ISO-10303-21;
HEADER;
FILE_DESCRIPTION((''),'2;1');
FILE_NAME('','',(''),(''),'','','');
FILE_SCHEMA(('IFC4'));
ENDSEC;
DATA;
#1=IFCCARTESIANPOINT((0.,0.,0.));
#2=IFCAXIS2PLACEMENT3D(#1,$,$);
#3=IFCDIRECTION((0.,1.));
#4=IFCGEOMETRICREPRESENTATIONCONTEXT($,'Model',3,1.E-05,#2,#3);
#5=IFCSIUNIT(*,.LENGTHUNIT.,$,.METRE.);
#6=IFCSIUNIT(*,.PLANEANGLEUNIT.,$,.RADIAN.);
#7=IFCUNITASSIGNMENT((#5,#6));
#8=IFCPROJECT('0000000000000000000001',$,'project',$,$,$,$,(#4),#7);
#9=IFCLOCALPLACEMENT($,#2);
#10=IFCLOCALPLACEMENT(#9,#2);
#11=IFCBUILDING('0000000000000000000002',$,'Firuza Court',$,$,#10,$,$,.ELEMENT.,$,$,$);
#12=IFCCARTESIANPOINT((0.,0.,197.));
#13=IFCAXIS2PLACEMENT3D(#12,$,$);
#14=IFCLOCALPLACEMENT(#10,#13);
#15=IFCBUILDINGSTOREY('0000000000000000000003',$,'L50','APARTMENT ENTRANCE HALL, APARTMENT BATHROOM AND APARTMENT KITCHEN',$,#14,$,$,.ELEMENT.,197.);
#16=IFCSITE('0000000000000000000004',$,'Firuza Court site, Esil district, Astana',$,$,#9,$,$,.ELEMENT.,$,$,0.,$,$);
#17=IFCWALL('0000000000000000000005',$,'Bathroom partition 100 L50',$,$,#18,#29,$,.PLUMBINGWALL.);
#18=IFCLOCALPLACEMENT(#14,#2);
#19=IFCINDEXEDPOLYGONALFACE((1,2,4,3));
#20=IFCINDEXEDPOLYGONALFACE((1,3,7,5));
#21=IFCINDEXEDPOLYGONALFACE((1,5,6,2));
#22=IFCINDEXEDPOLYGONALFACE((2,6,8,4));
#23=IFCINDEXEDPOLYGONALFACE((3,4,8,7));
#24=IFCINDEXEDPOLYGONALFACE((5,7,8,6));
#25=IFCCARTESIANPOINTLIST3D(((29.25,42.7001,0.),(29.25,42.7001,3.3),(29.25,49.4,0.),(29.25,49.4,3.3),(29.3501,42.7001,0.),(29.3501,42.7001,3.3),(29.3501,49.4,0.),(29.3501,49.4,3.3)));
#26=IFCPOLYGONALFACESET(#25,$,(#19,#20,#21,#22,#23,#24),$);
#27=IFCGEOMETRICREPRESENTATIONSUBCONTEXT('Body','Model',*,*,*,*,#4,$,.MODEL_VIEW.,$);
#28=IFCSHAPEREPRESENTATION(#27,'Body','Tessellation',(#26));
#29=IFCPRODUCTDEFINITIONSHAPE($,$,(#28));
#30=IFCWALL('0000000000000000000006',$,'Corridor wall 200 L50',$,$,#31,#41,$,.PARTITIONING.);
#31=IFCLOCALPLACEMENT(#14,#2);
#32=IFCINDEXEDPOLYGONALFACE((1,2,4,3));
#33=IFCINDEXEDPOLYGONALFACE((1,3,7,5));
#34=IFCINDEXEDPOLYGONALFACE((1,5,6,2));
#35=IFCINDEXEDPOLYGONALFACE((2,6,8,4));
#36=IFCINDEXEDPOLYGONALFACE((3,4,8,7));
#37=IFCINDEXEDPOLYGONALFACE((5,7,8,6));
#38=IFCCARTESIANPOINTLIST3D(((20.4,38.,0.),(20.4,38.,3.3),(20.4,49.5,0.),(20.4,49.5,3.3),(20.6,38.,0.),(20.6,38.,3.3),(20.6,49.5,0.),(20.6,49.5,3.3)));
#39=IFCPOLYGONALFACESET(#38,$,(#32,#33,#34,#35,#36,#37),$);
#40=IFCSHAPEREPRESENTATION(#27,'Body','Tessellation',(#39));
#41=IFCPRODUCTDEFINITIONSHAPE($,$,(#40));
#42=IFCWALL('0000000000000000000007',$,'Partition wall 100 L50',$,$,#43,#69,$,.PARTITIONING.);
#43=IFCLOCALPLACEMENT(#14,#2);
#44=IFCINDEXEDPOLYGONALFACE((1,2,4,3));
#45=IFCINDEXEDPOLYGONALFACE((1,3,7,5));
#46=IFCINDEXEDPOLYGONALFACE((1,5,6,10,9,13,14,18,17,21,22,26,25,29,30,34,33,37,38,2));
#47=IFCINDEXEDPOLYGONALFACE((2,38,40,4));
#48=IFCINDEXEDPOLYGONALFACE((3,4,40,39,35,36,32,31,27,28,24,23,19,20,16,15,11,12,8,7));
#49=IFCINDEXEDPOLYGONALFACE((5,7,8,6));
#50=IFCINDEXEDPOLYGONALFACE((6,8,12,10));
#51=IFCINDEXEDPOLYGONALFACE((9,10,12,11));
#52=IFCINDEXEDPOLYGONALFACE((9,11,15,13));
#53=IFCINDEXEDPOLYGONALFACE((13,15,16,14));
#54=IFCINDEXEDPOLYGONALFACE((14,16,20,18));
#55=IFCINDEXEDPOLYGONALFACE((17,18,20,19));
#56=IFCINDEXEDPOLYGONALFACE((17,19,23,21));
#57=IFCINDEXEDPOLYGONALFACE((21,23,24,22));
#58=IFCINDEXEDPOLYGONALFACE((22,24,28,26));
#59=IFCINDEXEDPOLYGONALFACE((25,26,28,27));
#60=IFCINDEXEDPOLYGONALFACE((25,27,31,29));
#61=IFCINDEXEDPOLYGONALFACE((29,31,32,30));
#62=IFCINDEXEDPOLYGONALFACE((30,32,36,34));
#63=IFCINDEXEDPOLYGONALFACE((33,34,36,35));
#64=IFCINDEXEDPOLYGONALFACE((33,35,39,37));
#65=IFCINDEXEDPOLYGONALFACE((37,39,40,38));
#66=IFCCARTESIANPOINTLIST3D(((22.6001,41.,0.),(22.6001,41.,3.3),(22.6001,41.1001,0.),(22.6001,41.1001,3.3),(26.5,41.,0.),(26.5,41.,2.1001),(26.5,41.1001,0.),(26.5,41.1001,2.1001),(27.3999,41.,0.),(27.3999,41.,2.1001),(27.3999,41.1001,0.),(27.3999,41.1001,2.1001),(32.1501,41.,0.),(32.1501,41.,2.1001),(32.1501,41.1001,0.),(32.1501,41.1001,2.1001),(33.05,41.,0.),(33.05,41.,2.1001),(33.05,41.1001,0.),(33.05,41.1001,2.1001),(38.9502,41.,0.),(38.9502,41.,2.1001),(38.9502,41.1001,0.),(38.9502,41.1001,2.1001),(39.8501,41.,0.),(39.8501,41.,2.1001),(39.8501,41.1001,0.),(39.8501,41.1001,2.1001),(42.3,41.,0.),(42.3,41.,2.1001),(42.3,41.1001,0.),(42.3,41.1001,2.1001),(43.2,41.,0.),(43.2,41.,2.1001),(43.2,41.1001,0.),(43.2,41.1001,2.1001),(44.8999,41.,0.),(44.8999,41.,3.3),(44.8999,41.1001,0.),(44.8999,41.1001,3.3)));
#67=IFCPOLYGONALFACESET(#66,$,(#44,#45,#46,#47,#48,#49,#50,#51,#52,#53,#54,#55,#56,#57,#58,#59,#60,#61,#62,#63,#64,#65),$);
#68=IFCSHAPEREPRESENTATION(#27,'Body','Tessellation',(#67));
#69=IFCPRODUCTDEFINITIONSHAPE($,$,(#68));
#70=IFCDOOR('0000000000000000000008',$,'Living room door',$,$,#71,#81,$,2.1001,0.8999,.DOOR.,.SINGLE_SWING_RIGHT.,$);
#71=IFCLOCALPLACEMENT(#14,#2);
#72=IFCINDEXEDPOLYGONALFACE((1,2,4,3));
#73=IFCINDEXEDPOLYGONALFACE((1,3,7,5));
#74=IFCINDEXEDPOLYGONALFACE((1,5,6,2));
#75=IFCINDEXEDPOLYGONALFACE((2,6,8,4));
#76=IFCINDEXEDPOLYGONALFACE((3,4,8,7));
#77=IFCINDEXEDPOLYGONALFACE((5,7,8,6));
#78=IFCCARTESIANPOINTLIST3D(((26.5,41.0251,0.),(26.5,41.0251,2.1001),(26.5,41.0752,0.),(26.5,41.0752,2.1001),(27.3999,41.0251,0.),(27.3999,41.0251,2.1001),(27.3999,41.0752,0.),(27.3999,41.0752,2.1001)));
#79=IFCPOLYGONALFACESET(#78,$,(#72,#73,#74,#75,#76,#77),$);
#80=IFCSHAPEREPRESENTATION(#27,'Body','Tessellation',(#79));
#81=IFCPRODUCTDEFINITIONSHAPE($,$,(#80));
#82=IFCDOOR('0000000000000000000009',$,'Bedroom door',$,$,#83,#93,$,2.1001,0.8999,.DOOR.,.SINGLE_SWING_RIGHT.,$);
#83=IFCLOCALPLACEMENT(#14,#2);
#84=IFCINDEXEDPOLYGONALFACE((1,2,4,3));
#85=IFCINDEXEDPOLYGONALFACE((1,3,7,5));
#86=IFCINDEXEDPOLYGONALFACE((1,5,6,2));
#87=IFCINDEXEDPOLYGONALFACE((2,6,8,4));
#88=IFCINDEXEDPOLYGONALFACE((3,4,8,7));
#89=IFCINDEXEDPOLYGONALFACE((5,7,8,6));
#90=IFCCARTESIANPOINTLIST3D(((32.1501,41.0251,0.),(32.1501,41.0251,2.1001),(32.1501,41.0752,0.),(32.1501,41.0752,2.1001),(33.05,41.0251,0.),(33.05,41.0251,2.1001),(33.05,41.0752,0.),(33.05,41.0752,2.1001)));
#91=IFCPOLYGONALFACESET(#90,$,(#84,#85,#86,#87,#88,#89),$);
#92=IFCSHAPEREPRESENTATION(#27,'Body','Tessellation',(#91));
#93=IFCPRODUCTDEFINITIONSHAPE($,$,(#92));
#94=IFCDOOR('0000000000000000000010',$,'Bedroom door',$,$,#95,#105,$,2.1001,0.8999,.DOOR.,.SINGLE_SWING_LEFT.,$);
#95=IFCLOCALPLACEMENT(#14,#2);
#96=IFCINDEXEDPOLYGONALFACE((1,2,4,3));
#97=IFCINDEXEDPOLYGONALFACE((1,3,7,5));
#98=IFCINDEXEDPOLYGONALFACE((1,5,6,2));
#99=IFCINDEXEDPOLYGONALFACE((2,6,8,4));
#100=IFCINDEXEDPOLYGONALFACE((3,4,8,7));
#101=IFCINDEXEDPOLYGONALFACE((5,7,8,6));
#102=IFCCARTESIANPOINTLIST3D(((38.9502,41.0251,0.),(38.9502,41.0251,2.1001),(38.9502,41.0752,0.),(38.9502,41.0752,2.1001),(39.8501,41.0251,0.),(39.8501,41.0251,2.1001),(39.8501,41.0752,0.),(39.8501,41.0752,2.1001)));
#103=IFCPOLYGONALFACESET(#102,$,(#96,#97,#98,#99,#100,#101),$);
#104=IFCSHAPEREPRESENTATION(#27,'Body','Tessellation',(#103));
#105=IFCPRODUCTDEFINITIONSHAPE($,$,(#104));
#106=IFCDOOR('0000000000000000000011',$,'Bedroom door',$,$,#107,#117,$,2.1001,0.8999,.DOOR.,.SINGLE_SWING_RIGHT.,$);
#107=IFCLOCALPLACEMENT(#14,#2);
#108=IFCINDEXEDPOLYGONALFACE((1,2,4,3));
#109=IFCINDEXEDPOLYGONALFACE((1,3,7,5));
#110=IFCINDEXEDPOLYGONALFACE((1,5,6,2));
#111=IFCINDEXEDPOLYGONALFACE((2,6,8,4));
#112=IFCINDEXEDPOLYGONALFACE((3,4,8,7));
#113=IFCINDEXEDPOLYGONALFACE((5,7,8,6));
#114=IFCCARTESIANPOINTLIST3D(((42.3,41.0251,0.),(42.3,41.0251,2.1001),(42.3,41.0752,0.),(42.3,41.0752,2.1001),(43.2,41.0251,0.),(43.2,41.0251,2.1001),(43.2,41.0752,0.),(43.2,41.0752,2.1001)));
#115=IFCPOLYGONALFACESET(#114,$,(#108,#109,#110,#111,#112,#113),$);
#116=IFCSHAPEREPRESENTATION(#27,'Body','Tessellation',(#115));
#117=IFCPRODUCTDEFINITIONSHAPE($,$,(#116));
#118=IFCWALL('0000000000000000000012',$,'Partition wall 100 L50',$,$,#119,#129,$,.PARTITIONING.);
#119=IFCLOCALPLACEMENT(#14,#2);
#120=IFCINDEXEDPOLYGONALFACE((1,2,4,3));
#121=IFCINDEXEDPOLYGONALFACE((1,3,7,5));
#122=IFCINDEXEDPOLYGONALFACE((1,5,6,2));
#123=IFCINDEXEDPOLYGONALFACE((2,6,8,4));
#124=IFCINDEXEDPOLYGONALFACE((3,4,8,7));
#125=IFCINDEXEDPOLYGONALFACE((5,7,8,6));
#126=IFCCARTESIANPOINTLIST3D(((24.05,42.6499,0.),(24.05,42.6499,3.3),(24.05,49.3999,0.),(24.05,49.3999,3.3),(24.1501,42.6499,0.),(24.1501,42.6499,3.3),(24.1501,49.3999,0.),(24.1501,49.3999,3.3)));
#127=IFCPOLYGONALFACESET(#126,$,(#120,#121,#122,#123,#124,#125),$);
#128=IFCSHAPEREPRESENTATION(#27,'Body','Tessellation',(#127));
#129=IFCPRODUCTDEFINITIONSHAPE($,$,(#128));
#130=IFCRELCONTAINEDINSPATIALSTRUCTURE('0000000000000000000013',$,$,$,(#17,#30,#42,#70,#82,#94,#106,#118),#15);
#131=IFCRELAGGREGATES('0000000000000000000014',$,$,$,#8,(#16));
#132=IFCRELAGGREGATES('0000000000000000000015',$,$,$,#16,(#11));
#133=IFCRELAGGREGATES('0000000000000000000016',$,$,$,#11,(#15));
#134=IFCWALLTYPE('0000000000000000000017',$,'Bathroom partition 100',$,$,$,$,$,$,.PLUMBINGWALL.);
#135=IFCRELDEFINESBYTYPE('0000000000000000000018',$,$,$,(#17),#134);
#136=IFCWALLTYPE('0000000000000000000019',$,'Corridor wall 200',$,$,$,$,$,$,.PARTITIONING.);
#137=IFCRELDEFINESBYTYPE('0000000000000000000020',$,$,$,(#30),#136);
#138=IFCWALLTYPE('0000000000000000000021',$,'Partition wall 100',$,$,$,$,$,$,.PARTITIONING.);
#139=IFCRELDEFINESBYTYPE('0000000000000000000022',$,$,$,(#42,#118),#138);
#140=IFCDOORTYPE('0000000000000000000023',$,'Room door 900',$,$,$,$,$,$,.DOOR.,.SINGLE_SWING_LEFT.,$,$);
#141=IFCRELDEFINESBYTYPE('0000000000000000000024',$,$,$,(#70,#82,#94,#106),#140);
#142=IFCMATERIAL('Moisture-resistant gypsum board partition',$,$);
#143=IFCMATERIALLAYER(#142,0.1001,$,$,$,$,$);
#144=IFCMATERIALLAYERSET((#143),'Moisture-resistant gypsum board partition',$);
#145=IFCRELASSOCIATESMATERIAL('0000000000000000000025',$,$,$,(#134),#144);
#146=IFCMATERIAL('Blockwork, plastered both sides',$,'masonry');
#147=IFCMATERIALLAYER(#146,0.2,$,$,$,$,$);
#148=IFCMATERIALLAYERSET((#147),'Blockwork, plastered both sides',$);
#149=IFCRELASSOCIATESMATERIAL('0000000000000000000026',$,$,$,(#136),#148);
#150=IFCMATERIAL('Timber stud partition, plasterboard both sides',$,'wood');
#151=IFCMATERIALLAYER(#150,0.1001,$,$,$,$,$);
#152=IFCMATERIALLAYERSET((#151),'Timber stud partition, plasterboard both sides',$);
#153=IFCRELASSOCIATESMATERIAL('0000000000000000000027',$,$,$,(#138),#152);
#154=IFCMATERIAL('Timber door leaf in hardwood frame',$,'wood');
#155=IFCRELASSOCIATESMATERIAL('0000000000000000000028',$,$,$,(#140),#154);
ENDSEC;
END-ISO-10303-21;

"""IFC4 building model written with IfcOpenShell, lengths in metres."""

from ifc_helpers import new_model, si_unit, direction, frame, frame_2d, origin, place, context, subcontext, project, spatial, rectangle, extrude, material, layer, layer_set, type_object, element, fill, save


model = new_model("IFC4")

# Units and contexts
model_context = context("Model", 3, precision=1e-05, world=origin(), true_north=direction((0.0, 1.0)))
body_context = subcontext(model_context, "Body", "Model", "MODEL_VIEW")
ifc_project = project(units=[si_unit("LENGTHUNIT", "METRE"), si_unit("PLANEANGLEUNIT", "RADIAN")], contexts=[model_context])

# Site, building, storey
site_placement = place(None, origin())
site = spatial("IfcSite", under=ifc_project, at=site_placement, Name="Firuza Court site, Esil district, Astana", CompositionType="ELEMENT", RefElevation=0.0)
building_placement = place(site_placement, origin())
building = spatial("IfcBuilding", under=site, at=building_placement, Name="Firuza Court", CompositionType="ELEMENT")
storey_placement = place(building_placement, frame((0.0, 0.0, 197.0)))
storey = spatial("IfcBuildingStorey", under=building, at=storey_placement, Name="L50", Description="APARTMENT ENTRANCE HALL, APARTMENT BATHROOM AND APARTMENT KITCHEN", CompositionType="ELEMENT", Elevation=197.0)

# Walls
ifc_material_1 = material(Name="Moisture-resistant gypsum board partition")
ifc_layer_1 = layer(ifc_material_1, 0.1001)
ifc_layer_set_1 = layer_set([ifc_layer_1], Name="Moisture-resistant gypsum board partition")
wall_type_1 = type_object("IfcWallType", Name="Bathroom partition 100", PredefinedType="PLUMBINGWALL", material=ifc_layer_set_1)
wall_1_placement = place(storey_placement, frame((29.3, 42.7, 0.0), z_axis=(0.0, 0.0, 1.0), x_axis=(0.0, 1.0, 0.0)))
element("IfcWall", 1, at=wall_1_placement, inside=storey, type_object=wall_type_1, Name="Bathroom partition 100 L50", PredefinedType="PLUMBINGWALL", context=body_context, shape_type="SweptSolid", body=[
    extrude(rectangle(XDim=6.7, YDim=0.1001, at=frame_2d((3.3501, 0.0))), origin(), (0.0, 0.0, 1.0), 3.3),
])
ifc_material_2 = material(Name="Blockwork, plastered both sides", Category="masonry")
ifc_layer_2 = layer(ifc_material_2, 0.2)
ifc_layer_set_2 = layer_set([ifc_layer_2], Name="Blockwork, plastered both sides")
wall_type_2 = type_object("IfcWallType", Name="Corridor wall 200", PredefinedType="PARTITIONING", material=ifc_layer_set_2)
wall_2_placement = place(storey_placement, frame((20.5, 38.0, 0.0), z_axis=(0.0, 0.0, 1.0), x_axis=(0.0, 1.0, 0.0)))
element("IfcWall", 2, at=wall_2_placement, inside=storey, type_object=wall_type_2, Name="Corridor wall 200 L50", PredefinedType="PARTITIONING", context=body_context, shape_type="SweptSolid", body=[
    extrude(rectangle(XDim=11.5, YDim=0.2, at=frame_2d((5.75, 0.0))), origin(), (0.0, 0.0, 1.0), 3.3),
])

# Wall, openings, doors
ifc_material_3 = material(Name="Timber stud partition, plasterboard both sides", Category="wood")
ifc_layer_3 = layer(ifc_material_3, 0.1001)
ifc_layer_set_3 = layer_set([ifc_layer_3], Name="Timber stud partition, plasterboard both sides")
wall_type_3 = type_object("IfcWallType", Name="Partition wall 100", PredefinedType="PARTITIONING", material=ifc_layer_set_3)
wall_3_placement = place(storey_placement, frame((22.6001, 41.05, 0.0), z_axis=(0.0, 0.0, 1.0), x_axis=(1.0, 0.0, 0.0)))
wall_3 = element("IfcWall", 3, at=wall_3_placement, inside=storey, type_object=wall_type_3, Name="Partition wall 100 L50", PredefinedType="PARTITIONING", context=body_context, shape_type="SweptSolid", body=[
    extrude(rectangle(XDim=22.2998, YDim=0.1001, at=frame_2d((11.1499, 0.0))), origin(), (0.0, 0.0, 1.0), 3.3),
])
opening_1_placement = place(wall_3_placement, frame((3.8999, 0.0, 0.0)))
opening_1 = element("IfcOpeningElement", 4, at=opening_1_placement, cuts=wall_3, PredefinedType="OPENING", context=body_context, shape_type="SweptSolid", body=[
    extrude(rectangle(XDim=0.8999, YDim=2.1001, at=frame_2d((0.45, 1.05))), frame((0.0, 0.062, 0.0), z_axis=(0.0, -1.0, 0.0), x_axis=(1.0, 0.0, 0.0)), (0.0, 0.0, 1.0), 0.124),
])
opening_2_placement = place(wall_3_placement, frame((9.55, 0.0, 0.0)))
opening_2 = element("IfcOpeningElement", 5, at=opening_2_placement, cuts=wall_3, PredefinedType="OPENING", context=body_context, shape_type="SweptSolid", body=[
    extrude(rectangle(XDim=0.8999, YDim=2.1001, at=frame_2d((0.45, 1.05))), frame((0.0, 0.062, 0.0), z_axis=(0.0, -1.0, 0.0), x_axis=(1.0, 0.0, 0.0)), (0.0, 0.0, 1.0), 0.124),
])
opening_3_placement = place(wall_3_placement, frame((16.3501, 0.0, 0.0)))
opening_3 = element("IfcOpeningElement", 6, at=opening_3_placement, cuts=wall_3, PredefinedType="OPENING", context=body_context, shape_type="SweptSolid", body=[
    extrude(rectangle(XDim=0.8999, YDim=2.1001, at=frame_2d((0.45, 1.05))), frame((0.0, 0.062, 0.0), z_axis=(0.0, -1.0, 0.0), x_axis=(1.0, 0.0, 0.0)), (0.0, 0.0, 1.0), 0.124),
])
opening_4_placement = place(wall_3_placement, frame((19.7, 0.0, 0.0)))
opening_4 = element("IfcOpeningElement", 7, at=opening_4_placement, cuts=wall_3, PredefinedType="OPENING", context=body_context, shape_type="SweptSolid", body=[
    extrude(rectangle(XDim=0.8999, YDim=2.1001, at=frame_2d((0.45, 1.05))), frame((0.0, 0.062, 0.0), z_axis=(0.0, -1.0, 0.0), x_axis=(1.0, 0.0, 0.0)), (0.0, 0.0, 1.0), 0.124),
])
ifc_material_4 = material(Name="Timber door leaf in hardwood frame", Category="wood")
door_type_1 = type_object("IfcDoorType", Name="Room door 900", OperationType="SINGLE_SWING_LEFT", PredefinedType="DOOR", material=ifc_material_4)
door_1_placement = place(opening_1_placement, frame((0.8999, 0.0, 0.0), z_axis=(0.0, 0.0, 1.0), x_axis=(-1.0, 0.0, 0.0)))
door_1 = element("IfcDoor", 8, at=door_1_placement, inside=storey, type_object=door_type_1, Name="Living room door", OperationType="SINGLE_SWING_RIGHT", OverallHeight=2.1001, OverallWidth=0.8999, PredefinedType="DOOR", context=body_context, shape_type="SweptSolid", body=[
    extrude(rectangle(XDim=0.8999, YDim=2.1001, at=frame_2d((0.45, 1.05))), frame((0.0, 0.0249, 0.0), z_axis=(0.0, -1.0, 0.0), x_axis=(1.0, 0.0, 0.0)), (0.0, 0.0, 1.0), 0.05),
])
fill(opening_1, door_1)
door_2_placement = place(opening_2_placement, frame((0.8999, 0.0, 0.0), z_axis=(0.0, 0.0, 1.0), x_axis=(-1.0, 0.0, 0.0)))
door_2 = element("IfcDoor", 9, at=door_2_placement, inside=storey, type_object=door_type_1, Name="Bedroom door", OperationType="SINGLE_SWING_RIGHT", OverallHeight=2.1001, OverallWidth=0.8999, PredefinedType="DOOR", context=body_context, shape_type="SweptSolid", body=[
    extrude(rectangle(XDim=0.8999, YDim=2.1001, at=frame_2d((0.45, 1.05))), frame((0.0, 0.0249, 0.0), z_axis=(0.0, -1.0, 0.0), x_axis=(1.0, 0.0, 0.0)), (0.0, 0.0, 1.0), 0.05),
])
fill(opening_2, door_2)
door_3_placement = place(opening_3_placement, frame((0.8999, 0.0, 0.0), z_axis=(0.0, 0.0, 1.0), x_axis=(-1.0, 0.0, 0.0)))
door_3 = element("IfcDoor", 10, at=door_3_placement, inside=storey, type_object=door_type_1, Name="Bedroom door", OperationType="SINGLE_SWING_LEFT", OverallHeight=2.1001, OverallWidth=0.8999, PredefinedType="DOOR", context=body_context, shape_type="SweptSolid", body=[
    extrude(rectangle(XDim=0.8999, YDim=2.1001, at=frame_2d((0.45, 1.05))), frame((0.0, 0.0249, 0.0), z_axis=(0.0, -1.0, 0.0), x_axis=(1.0, 0.0, 0.0)), (0.0, 0.0, 1.0), 0.05),
])
fill(opening_3, door_3)
door_4_placement = place(opening_4_placement, frame((0.8999, 0.0, 0.0), z_axis=(0.0, 0.0, 1.0), x_axis=(-1.0, 0.0, 0.0)))
door_4 = element("IfcDoor", 11, at=door_4_placement, inside=storey, type_object=door_type_1, Name="Bedroom door", OperationType="SINGLE_SWING_RIGHT", OverallHeight=2.1001, OverallWidth=0.8999, PredefinedType="DOOR", context=body_context, shape_type="SweptSolid", body=[
    extrude(rectangle(XDim=0.8999, YDim=2.1001, at=frame_2d((0.45, 1.05))), frame((0.0, 0.0249, 0.0), z_axis=(0.0, -1.0, 0.0), x_axis=(1.0, 0.0, 0.0)), (0.0, 0.0, 1.0), 0.05),
])
fill(opening_4, door_4)

# Wall
wall_4_placement = place(storey_placement, frame((24.1001, 42.6499, 0.0), z_axis=(0.0, 0.0, 1.0), x_axis=(0.0, 1.0, 0.0)))
element("IfcWall", 12, at=wall_4_placement, inside=storey, type_object=wall_type_3, Name="Partition wall 100 L50", PredefinedType="PARTITIONING", context=body_context, shape_type="SweptSolid", body=[
    extrude(rectangle(XDim=6.75, YDim=0.1001, at=frame_2d((3.375, 0.0))), origin(), (0.0, 0.0, 1.0), 3.3),
])

save(model, "model.ifc")
